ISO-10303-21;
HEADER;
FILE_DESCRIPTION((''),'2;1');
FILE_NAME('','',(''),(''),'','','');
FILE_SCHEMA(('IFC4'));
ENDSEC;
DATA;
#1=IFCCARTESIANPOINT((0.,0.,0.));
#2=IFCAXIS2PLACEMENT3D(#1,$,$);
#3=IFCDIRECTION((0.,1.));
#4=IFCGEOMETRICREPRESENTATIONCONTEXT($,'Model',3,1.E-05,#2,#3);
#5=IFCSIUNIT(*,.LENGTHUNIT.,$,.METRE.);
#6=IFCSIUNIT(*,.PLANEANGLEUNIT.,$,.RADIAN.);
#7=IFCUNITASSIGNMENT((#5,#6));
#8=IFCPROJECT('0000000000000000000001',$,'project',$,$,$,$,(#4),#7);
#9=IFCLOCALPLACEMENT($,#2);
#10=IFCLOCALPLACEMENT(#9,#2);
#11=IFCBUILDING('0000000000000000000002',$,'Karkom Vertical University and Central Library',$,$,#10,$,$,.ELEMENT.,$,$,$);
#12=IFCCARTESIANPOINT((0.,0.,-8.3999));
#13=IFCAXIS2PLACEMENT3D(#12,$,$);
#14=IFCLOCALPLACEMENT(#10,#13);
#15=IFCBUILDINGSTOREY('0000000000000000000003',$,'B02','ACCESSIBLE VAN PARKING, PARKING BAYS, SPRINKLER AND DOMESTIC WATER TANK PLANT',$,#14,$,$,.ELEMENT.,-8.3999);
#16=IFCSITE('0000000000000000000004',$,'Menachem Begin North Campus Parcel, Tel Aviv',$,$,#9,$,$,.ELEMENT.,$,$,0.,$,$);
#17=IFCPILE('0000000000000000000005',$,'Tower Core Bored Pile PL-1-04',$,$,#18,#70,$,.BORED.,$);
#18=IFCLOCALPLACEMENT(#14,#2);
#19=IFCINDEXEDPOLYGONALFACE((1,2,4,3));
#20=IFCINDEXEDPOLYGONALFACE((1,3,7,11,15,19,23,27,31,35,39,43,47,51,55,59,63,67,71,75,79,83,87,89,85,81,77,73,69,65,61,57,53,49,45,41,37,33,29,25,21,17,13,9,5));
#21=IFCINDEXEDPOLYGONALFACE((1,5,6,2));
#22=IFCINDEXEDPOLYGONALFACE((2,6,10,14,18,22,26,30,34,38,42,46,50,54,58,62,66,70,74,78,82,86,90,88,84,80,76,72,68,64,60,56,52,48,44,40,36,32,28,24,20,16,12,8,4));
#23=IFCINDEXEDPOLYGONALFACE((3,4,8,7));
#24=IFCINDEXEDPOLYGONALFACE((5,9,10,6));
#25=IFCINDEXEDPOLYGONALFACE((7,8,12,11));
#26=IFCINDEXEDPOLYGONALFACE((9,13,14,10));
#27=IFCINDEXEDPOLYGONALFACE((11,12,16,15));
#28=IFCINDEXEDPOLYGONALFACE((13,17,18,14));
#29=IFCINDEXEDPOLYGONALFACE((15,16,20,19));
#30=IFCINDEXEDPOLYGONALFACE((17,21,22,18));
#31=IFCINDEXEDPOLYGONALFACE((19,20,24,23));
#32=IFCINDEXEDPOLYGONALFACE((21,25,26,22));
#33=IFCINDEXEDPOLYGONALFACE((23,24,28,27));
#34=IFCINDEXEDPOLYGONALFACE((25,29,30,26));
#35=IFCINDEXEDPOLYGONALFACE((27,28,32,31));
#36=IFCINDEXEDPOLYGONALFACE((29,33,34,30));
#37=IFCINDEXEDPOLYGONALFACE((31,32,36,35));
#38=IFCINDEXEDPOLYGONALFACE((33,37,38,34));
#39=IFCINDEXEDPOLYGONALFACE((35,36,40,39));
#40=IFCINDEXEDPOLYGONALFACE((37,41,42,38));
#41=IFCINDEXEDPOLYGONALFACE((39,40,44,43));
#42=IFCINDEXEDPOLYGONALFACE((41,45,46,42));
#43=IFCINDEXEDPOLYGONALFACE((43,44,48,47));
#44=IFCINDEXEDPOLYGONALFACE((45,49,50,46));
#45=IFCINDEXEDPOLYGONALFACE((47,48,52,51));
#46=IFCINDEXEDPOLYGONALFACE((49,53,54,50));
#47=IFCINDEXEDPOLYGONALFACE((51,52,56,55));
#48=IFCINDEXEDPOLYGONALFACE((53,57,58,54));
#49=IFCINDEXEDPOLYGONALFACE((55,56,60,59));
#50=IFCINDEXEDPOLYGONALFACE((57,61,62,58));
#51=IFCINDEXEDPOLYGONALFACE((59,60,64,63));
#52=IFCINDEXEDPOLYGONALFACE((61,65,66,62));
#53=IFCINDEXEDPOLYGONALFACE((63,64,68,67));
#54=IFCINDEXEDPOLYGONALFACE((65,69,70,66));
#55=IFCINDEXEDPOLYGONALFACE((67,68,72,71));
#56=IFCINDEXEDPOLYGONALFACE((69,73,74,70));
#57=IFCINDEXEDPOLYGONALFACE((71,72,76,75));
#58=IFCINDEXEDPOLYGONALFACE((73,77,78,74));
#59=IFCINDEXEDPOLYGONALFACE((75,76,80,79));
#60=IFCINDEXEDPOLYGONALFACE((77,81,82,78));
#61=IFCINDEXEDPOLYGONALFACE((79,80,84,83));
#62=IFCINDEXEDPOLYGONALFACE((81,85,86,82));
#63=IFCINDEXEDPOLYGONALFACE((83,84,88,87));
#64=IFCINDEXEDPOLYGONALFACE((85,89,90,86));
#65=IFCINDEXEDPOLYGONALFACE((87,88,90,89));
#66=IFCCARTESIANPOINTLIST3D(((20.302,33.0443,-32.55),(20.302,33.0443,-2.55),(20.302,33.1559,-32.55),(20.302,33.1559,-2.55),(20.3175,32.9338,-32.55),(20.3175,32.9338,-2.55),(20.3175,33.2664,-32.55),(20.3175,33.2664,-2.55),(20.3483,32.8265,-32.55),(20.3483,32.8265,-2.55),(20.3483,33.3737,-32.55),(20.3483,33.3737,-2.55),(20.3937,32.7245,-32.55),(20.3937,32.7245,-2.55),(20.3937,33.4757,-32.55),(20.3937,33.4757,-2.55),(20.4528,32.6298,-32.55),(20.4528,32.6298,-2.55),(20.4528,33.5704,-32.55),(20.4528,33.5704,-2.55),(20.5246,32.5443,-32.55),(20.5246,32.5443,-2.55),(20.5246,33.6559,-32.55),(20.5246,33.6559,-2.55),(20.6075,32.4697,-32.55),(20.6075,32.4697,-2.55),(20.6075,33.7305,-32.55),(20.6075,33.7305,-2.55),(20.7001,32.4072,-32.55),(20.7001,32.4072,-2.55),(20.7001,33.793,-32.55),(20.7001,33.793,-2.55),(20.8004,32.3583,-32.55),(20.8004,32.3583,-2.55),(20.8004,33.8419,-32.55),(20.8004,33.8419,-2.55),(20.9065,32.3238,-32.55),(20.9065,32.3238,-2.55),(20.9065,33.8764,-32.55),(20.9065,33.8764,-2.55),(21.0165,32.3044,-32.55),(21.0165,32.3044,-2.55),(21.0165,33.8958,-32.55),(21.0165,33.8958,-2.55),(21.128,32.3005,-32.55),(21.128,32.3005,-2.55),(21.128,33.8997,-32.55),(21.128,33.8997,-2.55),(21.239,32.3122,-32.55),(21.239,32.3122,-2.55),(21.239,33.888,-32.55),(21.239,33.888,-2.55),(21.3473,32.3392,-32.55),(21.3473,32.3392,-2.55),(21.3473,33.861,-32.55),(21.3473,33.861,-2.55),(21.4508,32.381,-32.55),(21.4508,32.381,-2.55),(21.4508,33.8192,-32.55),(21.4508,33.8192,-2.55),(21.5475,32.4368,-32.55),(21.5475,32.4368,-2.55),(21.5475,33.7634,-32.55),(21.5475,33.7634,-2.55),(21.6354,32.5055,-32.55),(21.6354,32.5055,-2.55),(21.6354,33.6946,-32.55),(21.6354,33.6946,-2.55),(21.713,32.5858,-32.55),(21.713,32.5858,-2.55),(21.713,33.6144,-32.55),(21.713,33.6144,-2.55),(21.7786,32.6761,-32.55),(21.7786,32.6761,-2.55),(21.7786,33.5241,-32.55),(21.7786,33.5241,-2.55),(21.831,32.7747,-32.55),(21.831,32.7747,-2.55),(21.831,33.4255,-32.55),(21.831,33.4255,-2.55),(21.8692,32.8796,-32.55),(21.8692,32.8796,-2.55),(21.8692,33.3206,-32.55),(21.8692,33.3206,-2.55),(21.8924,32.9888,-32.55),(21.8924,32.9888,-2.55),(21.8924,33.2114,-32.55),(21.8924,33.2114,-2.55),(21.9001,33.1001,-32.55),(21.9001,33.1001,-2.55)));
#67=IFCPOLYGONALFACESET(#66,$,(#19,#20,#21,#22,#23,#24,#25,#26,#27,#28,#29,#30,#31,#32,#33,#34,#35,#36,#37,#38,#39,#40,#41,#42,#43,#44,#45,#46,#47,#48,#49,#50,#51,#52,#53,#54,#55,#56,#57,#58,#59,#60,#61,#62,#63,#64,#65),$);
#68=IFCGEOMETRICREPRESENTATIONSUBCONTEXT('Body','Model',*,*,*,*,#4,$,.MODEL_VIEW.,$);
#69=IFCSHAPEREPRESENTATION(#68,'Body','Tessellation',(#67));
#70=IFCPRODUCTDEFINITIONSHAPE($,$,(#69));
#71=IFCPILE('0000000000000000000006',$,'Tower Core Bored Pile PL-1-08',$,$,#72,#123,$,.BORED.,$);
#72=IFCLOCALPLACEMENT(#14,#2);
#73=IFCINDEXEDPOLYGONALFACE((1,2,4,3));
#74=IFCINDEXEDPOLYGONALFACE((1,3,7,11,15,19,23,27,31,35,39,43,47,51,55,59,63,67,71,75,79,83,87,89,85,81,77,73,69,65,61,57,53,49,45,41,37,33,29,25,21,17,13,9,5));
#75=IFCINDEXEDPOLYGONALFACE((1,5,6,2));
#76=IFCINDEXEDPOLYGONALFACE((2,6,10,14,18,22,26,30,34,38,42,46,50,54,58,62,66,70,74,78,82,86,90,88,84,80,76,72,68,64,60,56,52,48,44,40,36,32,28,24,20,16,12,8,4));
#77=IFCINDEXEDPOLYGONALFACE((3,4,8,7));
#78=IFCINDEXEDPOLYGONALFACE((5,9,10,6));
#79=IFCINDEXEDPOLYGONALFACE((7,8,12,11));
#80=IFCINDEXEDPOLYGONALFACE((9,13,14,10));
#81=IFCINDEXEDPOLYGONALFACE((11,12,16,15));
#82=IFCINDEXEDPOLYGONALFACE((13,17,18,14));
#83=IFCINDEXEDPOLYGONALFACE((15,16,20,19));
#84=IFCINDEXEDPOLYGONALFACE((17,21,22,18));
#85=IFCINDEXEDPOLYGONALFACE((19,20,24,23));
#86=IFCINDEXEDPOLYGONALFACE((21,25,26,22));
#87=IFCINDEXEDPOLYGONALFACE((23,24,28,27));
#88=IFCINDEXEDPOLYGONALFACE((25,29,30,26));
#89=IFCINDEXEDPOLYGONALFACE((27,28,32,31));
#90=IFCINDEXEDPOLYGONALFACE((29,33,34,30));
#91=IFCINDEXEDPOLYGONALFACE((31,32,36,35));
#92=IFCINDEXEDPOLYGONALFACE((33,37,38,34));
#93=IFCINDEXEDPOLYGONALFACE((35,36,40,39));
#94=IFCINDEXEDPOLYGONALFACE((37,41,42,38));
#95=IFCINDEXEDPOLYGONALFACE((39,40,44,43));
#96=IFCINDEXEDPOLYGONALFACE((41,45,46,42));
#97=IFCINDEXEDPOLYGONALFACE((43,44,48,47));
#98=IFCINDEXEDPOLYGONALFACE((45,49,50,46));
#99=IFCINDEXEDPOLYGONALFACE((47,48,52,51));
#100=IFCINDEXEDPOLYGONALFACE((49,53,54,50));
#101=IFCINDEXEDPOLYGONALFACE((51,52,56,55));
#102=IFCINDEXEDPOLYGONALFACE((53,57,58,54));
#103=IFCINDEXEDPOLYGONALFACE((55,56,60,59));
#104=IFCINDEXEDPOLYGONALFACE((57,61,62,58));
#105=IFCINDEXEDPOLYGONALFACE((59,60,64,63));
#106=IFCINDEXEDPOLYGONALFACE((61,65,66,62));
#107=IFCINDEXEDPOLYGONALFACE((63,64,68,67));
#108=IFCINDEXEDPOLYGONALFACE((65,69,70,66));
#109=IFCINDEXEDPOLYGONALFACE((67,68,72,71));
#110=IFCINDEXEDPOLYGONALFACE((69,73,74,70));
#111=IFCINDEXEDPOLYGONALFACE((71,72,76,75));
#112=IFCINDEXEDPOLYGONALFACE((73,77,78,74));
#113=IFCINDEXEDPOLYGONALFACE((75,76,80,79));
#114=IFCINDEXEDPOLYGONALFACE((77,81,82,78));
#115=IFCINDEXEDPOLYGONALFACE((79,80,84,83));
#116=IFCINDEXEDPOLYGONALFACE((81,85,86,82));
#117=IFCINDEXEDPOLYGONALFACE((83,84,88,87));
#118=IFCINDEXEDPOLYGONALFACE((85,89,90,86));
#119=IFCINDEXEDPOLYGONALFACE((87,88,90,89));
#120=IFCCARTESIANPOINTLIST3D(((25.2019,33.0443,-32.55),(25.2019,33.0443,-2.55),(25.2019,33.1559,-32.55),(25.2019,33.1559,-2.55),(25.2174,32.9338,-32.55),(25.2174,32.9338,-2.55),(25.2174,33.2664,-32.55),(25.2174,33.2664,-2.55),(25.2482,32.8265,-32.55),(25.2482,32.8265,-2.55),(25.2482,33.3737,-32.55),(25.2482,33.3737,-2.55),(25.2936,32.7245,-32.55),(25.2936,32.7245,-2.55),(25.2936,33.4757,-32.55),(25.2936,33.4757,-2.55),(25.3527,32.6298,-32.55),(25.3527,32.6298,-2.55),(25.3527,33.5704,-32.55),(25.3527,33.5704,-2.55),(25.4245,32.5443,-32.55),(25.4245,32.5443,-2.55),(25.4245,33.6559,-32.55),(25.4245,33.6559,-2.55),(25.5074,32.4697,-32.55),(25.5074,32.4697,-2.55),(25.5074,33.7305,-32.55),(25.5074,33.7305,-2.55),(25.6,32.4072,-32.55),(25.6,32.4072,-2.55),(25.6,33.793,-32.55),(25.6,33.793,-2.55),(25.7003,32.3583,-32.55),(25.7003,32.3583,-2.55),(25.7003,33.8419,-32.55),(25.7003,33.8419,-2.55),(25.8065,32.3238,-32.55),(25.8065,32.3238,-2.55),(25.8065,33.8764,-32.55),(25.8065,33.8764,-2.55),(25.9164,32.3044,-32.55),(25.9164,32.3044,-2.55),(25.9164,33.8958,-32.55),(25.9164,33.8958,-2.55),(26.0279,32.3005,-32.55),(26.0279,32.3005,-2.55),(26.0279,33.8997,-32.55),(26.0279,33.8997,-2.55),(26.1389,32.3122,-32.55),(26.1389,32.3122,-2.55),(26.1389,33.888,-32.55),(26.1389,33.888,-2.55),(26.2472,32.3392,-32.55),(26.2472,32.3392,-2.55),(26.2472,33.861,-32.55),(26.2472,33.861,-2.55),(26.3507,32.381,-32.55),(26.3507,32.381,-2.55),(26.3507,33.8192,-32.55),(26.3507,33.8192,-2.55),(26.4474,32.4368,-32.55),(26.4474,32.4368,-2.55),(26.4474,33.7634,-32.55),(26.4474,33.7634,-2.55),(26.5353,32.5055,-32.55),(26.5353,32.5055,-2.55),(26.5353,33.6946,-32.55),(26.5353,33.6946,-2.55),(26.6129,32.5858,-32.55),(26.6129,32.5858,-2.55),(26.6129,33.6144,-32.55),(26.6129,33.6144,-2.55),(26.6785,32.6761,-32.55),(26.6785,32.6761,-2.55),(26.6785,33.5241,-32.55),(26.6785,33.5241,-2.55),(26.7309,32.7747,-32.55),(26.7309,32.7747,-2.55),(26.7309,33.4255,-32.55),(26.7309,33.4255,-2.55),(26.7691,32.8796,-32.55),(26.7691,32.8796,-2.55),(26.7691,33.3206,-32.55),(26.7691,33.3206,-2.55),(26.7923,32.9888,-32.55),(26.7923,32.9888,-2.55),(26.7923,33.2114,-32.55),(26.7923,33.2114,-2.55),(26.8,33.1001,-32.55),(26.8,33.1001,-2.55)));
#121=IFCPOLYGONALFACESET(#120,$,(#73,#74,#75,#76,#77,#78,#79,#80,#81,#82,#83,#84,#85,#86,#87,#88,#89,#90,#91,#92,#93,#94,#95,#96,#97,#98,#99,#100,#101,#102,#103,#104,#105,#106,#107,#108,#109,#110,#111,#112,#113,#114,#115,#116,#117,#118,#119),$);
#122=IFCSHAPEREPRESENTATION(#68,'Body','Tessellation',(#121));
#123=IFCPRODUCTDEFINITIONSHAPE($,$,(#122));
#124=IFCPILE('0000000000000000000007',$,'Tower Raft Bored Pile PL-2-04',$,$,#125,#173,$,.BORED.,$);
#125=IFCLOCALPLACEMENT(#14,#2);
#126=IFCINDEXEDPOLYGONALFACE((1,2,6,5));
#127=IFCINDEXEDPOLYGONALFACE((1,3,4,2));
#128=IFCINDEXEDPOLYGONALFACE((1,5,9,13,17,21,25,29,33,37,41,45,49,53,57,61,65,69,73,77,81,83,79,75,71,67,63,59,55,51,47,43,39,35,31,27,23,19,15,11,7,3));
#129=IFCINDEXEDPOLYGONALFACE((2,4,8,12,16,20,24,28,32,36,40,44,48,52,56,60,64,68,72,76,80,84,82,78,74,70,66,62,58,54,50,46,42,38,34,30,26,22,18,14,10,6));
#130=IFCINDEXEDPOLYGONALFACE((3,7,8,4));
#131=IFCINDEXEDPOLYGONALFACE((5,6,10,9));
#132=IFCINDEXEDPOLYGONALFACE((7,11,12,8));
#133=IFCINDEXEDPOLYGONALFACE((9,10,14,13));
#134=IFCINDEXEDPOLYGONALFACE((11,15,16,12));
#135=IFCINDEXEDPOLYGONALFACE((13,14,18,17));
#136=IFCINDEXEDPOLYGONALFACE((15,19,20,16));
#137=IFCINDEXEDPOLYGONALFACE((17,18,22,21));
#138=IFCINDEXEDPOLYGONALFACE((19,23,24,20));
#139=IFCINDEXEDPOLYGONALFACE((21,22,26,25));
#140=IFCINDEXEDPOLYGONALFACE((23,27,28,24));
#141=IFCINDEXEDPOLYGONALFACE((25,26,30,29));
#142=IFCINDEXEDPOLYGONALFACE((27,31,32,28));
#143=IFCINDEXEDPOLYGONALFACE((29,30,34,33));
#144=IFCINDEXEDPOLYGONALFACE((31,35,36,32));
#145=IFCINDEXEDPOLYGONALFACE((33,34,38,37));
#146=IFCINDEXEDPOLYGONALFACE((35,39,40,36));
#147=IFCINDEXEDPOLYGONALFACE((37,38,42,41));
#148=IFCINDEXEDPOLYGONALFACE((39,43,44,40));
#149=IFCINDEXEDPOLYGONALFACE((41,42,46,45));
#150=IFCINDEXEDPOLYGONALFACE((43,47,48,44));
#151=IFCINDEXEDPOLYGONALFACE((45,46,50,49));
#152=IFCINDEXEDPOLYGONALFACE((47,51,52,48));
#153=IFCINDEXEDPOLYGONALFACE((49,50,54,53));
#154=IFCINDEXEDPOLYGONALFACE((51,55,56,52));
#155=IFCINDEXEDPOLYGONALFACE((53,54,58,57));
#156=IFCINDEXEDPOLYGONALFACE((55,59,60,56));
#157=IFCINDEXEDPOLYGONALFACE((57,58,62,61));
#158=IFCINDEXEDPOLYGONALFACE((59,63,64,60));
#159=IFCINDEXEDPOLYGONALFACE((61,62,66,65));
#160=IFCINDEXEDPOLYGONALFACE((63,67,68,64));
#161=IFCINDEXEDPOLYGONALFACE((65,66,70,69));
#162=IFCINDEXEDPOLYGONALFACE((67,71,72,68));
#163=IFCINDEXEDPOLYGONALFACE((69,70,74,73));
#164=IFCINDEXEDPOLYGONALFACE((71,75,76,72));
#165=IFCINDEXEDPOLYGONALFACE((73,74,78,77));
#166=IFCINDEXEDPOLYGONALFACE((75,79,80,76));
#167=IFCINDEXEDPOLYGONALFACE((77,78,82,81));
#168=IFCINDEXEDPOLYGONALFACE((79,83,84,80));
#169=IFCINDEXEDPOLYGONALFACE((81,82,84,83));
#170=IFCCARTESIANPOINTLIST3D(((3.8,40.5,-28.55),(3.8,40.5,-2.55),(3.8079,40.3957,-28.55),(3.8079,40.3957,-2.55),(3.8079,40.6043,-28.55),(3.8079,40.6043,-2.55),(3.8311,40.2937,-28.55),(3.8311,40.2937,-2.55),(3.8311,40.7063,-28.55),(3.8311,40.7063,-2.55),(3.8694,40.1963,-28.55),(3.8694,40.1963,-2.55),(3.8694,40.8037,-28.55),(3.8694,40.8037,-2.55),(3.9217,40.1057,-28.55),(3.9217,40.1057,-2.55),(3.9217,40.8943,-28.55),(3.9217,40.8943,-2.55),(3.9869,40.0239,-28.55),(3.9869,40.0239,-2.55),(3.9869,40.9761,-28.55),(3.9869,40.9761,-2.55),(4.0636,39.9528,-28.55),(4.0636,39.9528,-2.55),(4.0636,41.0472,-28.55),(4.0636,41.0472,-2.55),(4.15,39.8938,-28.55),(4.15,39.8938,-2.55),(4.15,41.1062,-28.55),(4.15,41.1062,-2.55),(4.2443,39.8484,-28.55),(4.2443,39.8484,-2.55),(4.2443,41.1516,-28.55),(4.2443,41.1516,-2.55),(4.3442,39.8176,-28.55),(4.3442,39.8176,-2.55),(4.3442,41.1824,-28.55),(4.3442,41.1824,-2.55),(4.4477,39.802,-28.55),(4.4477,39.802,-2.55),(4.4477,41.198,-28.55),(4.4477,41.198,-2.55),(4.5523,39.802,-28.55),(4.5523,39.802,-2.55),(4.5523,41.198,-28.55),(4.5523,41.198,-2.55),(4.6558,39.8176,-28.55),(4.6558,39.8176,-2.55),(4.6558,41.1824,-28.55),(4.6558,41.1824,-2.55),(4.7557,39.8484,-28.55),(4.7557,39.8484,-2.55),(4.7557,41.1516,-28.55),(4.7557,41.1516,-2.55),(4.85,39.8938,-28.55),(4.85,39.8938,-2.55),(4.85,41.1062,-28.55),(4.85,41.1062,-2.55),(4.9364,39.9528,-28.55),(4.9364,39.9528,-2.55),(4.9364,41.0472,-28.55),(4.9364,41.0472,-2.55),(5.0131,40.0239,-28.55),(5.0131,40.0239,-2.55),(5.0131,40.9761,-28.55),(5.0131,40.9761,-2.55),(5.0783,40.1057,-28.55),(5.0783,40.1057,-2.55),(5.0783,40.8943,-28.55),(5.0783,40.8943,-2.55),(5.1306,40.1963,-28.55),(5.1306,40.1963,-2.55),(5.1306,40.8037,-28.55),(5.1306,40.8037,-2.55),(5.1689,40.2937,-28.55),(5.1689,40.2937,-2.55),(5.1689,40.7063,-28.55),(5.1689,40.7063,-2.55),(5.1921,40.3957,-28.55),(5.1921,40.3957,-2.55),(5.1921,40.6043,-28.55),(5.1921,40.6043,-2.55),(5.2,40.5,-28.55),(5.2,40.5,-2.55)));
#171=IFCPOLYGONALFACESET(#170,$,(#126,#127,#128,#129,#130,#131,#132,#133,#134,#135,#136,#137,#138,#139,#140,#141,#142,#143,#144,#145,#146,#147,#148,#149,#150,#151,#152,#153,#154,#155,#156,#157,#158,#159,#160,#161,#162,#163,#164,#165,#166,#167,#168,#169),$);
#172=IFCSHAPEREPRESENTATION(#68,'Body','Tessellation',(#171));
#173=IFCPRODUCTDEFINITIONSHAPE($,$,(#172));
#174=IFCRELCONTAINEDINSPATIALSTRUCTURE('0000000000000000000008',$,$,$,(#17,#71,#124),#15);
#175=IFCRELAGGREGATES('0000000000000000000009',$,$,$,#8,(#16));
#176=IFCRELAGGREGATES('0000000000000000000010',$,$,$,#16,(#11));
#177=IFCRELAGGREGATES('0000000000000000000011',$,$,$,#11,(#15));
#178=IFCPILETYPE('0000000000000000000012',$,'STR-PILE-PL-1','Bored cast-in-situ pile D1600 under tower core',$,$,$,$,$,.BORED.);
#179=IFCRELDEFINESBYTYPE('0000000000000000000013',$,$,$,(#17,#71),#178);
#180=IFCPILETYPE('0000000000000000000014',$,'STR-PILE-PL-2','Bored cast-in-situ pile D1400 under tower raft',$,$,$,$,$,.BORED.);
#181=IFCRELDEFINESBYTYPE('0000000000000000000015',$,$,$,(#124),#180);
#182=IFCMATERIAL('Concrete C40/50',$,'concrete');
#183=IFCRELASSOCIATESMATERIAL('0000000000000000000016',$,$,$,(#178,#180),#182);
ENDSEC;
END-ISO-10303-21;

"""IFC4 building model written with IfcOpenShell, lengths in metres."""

from ifc_helpers import new_model, si_unit, direction, frame, origin, origin_with_axes, origin_2d, place, context, subcontext, project, spatial, circle, extrude, source, transform, mapped, material, material_profile, profile_set, type_object, element, save


model = new_model("IFC4")

# Units and contexts
model_context = context("Model", 3, precision=1e-05, world=origin(), true_north=direction((0.0, 1.0)))
body_context = subcontext(model_context, "Body", "Model", "MODEL_VIEW")
ifc_project = project(units=[si_unit("LENGTHUNIT", "METRE"), si_unit("PLANEANGLEUNIT", "RADIAN")], contexts=[model_context])

# Site, building, storey
site_placement = place(None, origin())
site = spatial("IfcSite", under=ifc_project, at=site_placement, Name="Menachem Begin North Campus Parcel, Tel Aviv", CompositionType="ELEMENT", RefElevation=0.0)
building_placement = place(site_placement, origin())
building = spatial("IfcBuilding", under=site, at=building_placement, Name="Karkom Vertical University and Central Library", CompositionType="ELEMENT")
storey_placement = place(building_placement, frame((0.0, 0.0, -8.3999)))
storey = spatial("IfcBuildingStorey", under=building, at=storey_placement, Name="B02", Description="ACCESSIBLE VAN PARKING, PARKING BAYS, SPRINKLER AND DOMESTIC WATER TANK PLANT", CompositionType="ELEMENT", Elevation=-8.3999)

# Piles
ifc_material_1 = material(Name="Concrete C40/50", Category="concrete")
ifc_material_profile_1 = material_profile(ifc_material_1, circle(Radius=0.8, at=origin_2d()), Name="PILE-D1600")
ifc_profile_set_1 = profile_set([ifc_material_profile_1], Name="Concrete C40/50")
pile_type_1 = type_object("IfcPileType", Name="STR-PILE-PL-1", Description="Bored cast-in-situ pile D1600 under tower core", PredefinedType="BORED", material=ifc_profile_set_1)
shared_shape_1 = source(origin_with_axes(), body_context, "Body", "SweptSolid", [
    extrude(circle(Radius=0.8, at=origin_2d()), origin(), (0.0, 0.0, 1.0), 30.0),
])
for number, where, z_axis, x_axis, name in (
    (1, (21.1001, 33.1001, -2.55), (0.0, 0.0, -1.0), (1.0, 0.0, 0.0), "Tower Core Bored Pile PL-1-04"),
    (2, (26.0, 33.1001, -2.55), (0.0, 0.0, -1.0), (1.0, 0.0, 0.0), "Tower Core Bored Pile PL-1-08"),
):
    element("IfcPile", number, at=place(storey_placement, frame(where, z_axis=z_axis, x_axis=x_axis)), inside=storey, type_object=pile_type_1, Name=name, PredefinedType="BORED", context=body_context, shape_type="MappedRepresentation", body=[
        mapped(shared_shape_1, transform((0.0, 0.0, 0.0), scale=1.0)),
    ])
ifc_material_profile_2 = material_profile(ifc_material_1, circle(Radius=0.7, at=origin_2d()), Name="PILE-D1400")
ifc_profile_set_2 = profile_set([ifc_material_profile_2], Name="Concrete C40/50")
pile_type_2 = type_object("IfcPileType", Name="STR-PILE-PL-2", Description="Bored cast-in-situ pile D1400 under tower raft", PredefinedType="BORED", material=ifc_profile_set_2)
shared_shape_2 = source(origin_with_axes(), body_context, "Body", "SweptSolid", [
    extrude(circle(Radius=0.7, at=origin_2d()), origin(), (0.0, 0.0, 1.0), 26.0),
])
for number, where, z_axis, x_axis, name in (
    (3, (4.5, 40.5, -2.55), (0.0, 0.0, -1.0), (1.0, 0.0, 0.0), "Tower Raft Bored Pile PL-2-04"),
):
    element("IfcPile", number, at=place(storey_placement, frame(where, z_axis=z_axis, x_axis=x_axis)), inside=storey, type_object=pile_type_2, Name=name, PredefinedType="BORED", context=body_context, shape_type="MappedRepresentation", body=[
        mapped(shared_shape_2, transform((0.0, 0.0, 0.0), scale=1.0)),
    ])

save(model, "model.ifc")
